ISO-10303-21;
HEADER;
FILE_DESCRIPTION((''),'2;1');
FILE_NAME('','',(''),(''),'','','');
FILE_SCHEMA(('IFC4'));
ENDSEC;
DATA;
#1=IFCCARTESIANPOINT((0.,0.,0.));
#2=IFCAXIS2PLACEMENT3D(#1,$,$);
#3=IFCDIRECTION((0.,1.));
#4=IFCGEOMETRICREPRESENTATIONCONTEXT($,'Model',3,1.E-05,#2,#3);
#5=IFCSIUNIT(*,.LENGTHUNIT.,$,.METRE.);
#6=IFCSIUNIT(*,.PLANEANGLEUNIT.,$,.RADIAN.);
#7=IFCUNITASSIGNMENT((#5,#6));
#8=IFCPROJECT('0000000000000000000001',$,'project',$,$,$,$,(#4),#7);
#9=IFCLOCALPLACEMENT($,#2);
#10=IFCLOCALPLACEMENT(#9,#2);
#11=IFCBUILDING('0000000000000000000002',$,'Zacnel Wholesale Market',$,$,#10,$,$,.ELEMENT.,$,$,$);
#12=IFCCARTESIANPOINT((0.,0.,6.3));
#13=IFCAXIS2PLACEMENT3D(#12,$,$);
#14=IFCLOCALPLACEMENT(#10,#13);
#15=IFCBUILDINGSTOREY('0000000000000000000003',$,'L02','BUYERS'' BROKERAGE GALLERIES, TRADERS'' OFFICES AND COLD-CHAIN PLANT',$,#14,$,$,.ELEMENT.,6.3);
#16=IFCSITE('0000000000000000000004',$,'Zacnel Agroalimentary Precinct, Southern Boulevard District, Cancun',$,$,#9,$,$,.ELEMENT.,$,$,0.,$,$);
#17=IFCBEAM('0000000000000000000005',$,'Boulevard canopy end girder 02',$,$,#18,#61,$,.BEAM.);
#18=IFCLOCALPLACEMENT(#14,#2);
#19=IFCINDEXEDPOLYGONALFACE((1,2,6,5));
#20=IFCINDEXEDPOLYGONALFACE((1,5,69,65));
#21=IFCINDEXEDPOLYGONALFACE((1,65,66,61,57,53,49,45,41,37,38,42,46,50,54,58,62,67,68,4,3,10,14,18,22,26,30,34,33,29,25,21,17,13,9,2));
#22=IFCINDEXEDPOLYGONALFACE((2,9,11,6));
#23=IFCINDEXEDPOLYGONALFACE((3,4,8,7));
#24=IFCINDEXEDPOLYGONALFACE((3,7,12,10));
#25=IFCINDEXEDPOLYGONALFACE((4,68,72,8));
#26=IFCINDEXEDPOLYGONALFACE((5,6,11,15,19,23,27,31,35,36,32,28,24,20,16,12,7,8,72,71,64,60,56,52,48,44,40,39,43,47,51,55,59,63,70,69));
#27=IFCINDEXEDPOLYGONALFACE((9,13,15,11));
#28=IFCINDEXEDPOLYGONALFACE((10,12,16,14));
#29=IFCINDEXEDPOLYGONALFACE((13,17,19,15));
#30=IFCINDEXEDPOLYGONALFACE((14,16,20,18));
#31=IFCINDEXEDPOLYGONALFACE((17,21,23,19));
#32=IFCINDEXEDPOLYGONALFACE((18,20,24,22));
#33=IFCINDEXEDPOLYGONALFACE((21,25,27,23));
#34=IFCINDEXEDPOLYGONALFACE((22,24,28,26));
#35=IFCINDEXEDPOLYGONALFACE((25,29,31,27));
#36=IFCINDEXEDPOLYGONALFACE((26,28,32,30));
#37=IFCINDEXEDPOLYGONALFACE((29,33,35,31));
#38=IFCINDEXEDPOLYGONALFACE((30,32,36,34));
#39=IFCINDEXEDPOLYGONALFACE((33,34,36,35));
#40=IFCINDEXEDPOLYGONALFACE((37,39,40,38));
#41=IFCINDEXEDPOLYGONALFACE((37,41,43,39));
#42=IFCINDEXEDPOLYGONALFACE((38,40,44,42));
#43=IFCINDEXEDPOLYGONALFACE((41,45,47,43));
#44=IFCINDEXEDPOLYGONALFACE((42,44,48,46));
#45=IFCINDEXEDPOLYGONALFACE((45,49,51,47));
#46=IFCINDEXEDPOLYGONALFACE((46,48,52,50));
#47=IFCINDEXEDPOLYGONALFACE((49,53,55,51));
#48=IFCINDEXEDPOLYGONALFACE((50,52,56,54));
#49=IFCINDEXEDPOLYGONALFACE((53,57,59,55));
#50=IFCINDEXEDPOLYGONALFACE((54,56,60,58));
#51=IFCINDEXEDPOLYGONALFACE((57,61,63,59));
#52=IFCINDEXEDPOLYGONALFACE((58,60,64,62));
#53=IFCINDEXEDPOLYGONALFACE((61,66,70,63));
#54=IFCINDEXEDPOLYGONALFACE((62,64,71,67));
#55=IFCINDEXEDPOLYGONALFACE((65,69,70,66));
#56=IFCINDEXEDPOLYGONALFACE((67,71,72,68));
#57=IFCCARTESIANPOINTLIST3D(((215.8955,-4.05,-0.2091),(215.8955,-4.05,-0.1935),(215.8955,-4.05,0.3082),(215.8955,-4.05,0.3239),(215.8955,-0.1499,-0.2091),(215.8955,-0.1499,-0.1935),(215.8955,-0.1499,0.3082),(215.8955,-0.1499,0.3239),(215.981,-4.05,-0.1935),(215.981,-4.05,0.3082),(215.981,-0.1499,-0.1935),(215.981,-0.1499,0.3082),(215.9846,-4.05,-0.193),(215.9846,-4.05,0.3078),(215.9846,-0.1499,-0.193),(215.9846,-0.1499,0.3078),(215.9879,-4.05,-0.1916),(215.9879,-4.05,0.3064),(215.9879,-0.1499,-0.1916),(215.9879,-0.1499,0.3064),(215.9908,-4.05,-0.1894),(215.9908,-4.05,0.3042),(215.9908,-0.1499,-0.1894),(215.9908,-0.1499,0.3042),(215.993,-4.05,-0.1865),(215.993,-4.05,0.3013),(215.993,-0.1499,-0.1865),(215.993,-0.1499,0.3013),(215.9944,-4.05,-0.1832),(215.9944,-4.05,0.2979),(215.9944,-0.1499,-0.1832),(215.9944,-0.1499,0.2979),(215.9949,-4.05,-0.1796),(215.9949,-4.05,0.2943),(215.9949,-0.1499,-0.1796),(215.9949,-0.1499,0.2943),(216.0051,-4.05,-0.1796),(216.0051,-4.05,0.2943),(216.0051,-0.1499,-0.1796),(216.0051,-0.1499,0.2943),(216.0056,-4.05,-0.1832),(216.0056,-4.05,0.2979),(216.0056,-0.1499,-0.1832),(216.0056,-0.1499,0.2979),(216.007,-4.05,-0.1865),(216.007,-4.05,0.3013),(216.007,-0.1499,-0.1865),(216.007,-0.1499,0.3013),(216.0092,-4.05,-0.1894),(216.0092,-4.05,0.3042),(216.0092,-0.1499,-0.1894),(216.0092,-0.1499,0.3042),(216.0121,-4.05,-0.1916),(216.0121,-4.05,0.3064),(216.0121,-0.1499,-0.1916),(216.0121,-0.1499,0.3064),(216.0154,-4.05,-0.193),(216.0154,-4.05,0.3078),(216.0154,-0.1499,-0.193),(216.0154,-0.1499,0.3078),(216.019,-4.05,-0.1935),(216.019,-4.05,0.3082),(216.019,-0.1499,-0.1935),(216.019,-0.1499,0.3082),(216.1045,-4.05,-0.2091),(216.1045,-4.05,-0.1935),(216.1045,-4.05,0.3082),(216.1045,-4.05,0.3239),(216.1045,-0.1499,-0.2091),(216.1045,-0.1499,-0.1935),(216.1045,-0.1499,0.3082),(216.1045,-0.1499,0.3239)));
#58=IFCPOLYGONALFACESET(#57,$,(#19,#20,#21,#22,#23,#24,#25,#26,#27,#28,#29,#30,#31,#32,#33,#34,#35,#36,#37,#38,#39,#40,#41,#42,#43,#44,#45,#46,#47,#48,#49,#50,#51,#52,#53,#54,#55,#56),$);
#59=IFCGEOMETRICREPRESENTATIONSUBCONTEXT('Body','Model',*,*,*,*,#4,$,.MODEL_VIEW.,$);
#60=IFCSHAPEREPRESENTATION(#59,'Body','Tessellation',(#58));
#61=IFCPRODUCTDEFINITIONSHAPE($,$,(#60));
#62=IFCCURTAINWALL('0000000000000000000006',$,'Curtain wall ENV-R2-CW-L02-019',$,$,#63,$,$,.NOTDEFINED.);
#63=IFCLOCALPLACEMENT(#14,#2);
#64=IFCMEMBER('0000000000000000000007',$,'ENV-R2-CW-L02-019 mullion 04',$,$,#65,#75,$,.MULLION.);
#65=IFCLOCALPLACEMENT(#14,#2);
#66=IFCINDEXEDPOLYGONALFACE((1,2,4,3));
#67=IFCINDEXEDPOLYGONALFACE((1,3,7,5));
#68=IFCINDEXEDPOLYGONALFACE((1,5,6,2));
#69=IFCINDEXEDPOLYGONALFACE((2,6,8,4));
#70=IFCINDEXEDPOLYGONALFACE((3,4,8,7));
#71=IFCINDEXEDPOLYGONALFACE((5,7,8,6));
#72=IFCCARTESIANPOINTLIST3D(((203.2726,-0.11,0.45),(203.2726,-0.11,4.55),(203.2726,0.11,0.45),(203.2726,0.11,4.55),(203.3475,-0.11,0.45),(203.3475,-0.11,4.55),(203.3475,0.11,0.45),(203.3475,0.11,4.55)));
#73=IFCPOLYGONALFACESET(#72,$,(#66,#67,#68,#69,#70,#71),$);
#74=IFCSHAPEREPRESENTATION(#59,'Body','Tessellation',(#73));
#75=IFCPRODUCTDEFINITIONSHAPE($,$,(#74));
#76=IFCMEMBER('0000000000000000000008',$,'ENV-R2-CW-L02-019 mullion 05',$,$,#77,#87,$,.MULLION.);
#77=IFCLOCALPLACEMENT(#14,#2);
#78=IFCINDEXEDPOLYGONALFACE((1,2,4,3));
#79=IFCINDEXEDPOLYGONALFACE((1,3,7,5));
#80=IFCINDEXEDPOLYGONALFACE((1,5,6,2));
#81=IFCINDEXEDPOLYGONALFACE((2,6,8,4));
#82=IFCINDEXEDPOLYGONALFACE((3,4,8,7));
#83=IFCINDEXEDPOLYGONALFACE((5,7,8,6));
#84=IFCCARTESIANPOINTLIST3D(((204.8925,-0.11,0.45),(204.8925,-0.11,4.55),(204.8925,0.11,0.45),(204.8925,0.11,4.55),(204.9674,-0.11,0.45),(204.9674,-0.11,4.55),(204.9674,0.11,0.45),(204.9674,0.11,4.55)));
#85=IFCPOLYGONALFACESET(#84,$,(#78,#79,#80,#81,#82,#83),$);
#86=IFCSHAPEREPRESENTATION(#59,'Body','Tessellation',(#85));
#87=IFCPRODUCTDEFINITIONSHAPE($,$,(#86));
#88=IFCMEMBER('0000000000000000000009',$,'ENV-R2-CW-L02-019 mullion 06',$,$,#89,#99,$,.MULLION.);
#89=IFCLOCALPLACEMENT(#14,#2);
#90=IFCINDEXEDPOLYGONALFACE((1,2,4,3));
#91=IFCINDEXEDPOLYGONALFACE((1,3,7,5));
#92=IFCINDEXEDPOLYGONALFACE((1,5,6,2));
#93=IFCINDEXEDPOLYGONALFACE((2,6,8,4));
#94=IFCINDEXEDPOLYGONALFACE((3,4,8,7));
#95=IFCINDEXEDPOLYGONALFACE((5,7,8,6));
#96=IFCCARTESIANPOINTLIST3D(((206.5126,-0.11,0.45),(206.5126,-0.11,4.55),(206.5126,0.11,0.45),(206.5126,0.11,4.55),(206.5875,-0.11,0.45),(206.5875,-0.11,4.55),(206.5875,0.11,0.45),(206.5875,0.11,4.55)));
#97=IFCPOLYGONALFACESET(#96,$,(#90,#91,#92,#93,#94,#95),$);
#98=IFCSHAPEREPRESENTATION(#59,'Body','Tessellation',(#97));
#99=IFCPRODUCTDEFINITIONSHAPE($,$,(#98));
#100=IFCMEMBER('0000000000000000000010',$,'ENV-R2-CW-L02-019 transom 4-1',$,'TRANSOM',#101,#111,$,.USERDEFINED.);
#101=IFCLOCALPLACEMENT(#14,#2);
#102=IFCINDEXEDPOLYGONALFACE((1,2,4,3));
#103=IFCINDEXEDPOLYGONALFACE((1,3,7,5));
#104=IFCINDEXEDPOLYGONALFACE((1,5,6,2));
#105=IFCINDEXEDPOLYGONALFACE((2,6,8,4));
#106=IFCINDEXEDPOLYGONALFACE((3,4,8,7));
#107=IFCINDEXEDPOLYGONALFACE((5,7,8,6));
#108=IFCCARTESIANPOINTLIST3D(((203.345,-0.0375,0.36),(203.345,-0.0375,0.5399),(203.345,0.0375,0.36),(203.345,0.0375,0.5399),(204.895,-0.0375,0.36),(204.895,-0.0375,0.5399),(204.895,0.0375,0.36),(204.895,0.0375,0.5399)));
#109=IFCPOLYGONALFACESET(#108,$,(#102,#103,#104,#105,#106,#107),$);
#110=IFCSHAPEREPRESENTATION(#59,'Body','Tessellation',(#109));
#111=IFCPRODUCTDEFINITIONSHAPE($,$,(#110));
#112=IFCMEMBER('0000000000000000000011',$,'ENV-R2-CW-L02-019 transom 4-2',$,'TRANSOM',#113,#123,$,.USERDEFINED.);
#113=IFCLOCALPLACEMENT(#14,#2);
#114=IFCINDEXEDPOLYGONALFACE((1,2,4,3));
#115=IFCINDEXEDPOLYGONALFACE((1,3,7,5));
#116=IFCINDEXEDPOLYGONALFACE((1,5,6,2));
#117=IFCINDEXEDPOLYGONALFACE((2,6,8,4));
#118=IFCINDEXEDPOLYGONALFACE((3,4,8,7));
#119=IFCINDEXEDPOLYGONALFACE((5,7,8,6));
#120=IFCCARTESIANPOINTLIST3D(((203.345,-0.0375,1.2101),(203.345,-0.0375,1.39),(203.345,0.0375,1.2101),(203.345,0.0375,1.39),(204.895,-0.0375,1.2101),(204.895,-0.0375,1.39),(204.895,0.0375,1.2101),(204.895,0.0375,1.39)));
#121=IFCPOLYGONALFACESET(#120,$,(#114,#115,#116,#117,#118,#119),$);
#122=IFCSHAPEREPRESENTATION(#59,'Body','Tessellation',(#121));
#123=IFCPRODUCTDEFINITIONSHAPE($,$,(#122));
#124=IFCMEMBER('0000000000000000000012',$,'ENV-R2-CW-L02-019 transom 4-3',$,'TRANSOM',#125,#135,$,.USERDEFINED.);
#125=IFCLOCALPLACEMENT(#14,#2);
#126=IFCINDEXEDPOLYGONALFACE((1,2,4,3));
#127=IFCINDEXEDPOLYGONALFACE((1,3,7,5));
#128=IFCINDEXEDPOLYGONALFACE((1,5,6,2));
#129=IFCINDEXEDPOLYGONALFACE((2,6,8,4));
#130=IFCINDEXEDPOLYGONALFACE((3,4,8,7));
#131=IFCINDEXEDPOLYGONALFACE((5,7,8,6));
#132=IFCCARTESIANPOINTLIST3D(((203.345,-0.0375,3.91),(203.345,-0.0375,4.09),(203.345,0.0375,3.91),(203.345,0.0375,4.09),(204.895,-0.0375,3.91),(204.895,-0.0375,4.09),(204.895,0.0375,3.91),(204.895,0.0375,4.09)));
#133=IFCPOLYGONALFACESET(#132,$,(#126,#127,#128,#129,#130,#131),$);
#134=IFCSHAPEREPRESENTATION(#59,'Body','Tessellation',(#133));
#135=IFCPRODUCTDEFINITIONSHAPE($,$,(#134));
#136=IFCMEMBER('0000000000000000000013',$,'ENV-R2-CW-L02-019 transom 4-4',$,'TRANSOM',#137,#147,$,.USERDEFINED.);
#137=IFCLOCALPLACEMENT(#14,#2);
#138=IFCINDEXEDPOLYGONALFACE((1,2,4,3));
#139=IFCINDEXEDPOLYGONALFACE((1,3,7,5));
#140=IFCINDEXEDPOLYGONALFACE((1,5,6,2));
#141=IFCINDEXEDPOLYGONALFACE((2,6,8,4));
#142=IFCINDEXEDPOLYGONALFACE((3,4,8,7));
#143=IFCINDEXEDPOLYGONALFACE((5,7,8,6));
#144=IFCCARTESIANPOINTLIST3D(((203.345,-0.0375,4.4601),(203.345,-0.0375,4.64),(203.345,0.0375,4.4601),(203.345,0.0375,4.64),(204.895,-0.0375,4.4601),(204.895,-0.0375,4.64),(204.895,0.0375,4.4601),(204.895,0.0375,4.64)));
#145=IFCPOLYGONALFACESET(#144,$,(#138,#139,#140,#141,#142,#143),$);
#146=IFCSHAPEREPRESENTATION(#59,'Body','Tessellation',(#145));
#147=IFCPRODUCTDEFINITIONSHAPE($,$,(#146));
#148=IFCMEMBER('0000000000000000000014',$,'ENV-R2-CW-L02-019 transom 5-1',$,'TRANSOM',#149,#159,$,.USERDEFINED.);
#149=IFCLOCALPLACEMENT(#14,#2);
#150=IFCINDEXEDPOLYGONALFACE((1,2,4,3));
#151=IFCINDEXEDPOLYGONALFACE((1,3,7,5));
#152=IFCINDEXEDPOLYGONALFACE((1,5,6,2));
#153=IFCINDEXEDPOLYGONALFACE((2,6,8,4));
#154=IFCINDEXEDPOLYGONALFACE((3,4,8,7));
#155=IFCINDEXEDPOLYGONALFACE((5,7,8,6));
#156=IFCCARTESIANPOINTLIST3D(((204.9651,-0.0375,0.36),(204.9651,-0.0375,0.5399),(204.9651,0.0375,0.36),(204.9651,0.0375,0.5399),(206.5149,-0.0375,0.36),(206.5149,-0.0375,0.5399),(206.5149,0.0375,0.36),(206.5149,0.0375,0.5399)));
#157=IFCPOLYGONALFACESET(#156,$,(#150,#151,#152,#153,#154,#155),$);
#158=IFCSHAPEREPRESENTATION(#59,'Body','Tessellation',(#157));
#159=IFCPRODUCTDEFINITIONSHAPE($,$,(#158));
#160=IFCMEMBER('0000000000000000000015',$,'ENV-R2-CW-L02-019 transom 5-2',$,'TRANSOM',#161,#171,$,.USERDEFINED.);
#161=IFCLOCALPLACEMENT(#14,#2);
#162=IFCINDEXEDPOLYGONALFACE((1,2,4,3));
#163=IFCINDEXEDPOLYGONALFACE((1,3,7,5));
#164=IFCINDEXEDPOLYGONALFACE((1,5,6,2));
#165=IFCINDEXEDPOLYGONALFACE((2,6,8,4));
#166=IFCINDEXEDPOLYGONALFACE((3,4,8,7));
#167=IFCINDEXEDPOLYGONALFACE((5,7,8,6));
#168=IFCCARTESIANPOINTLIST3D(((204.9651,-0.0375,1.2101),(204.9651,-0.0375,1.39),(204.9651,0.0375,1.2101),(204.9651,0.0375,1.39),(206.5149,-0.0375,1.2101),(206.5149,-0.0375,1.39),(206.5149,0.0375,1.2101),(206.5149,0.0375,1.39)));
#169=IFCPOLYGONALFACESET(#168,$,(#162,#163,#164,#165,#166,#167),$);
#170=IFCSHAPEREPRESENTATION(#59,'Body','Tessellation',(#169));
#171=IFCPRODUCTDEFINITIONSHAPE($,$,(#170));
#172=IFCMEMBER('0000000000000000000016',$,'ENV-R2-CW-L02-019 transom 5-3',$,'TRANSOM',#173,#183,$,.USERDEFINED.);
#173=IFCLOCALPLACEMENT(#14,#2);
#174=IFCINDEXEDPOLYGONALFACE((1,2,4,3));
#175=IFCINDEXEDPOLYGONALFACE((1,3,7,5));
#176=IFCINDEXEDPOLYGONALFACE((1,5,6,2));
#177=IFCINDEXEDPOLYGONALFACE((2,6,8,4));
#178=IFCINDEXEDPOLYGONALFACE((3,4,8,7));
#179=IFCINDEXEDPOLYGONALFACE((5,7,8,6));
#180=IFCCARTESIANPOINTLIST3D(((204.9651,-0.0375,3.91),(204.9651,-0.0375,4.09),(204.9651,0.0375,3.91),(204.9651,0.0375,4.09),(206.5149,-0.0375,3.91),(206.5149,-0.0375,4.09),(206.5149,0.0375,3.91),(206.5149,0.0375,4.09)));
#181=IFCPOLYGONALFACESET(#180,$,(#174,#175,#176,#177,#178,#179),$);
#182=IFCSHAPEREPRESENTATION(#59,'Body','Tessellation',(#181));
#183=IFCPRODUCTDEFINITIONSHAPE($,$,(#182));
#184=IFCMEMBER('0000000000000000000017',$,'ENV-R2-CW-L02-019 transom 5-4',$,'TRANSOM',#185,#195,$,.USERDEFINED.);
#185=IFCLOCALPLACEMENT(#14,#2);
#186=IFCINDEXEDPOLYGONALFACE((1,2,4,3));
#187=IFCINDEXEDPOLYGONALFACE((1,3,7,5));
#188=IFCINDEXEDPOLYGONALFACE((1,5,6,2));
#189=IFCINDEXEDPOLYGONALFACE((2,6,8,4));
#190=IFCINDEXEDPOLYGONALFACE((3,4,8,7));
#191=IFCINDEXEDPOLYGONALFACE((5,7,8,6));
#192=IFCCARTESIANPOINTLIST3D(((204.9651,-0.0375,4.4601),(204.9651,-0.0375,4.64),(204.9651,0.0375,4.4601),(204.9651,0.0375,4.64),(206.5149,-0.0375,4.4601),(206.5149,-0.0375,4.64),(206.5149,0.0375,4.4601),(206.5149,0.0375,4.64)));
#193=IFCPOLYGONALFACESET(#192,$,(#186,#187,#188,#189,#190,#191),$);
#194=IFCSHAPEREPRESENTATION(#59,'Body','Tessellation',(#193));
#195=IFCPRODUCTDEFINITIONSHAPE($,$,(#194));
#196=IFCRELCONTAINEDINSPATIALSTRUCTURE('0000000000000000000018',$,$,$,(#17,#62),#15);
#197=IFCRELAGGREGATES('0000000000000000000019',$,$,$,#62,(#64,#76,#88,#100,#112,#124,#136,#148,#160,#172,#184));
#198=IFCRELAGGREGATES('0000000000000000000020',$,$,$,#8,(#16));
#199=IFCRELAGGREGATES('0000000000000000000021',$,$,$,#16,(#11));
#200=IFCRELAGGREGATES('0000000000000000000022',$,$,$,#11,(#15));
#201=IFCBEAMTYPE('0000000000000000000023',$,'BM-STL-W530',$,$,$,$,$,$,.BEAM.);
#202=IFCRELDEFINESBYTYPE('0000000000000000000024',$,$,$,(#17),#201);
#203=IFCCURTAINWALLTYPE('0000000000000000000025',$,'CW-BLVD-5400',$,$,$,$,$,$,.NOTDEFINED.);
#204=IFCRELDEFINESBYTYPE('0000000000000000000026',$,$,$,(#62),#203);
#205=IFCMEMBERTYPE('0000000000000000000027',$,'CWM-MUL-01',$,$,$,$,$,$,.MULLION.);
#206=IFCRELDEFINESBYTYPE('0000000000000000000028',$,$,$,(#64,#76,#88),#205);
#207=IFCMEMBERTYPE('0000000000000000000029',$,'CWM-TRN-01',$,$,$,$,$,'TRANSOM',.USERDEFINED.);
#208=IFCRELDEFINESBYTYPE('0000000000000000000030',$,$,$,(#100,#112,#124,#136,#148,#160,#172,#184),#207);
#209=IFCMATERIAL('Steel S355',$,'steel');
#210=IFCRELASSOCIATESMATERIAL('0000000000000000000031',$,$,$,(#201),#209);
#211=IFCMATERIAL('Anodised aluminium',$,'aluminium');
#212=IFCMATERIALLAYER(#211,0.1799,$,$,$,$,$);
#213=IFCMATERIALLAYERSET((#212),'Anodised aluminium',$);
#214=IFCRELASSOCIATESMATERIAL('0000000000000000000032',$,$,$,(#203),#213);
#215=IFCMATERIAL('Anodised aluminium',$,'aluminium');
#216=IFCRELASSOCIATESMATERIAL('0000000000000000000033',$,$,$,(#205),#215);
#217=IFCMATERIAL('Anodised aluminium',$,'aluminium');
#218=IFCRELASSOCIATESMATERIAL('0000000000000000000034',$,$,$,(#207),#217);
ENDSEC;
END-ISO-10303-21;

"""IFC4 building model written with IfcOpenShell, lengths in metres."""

from ifc_helpers import new_model, si_unit, direction, frame, origin, origin_2d, place, context, subcontext, project, spatial, rectangle, i_section, extrude, material, layer, layer_set, material_profile, profile_set, type_object, element, aggregate, save


model = new_model("IFC4")

# Units and contexts
model_context = context("Model", 3, precision=1e-05, world=origin(), true_north=direction((0.0, 1.0)))
body_context = subcontext(model_context, "Body", "Model", "MODEL_VIEW")
ifc_project = project(units=[si_unit("LENGTHUNIT", "METRE"), si_unit("PLANEANGLEUNIT", "RADIAN")], contexts=[model_context])

# Site, building, storey
site_placement = place(None, origin())
site = spatial("IfcSite", under=ifc_project, at=site_placement, Name="Zacnel Agroalimentary Precinct, Southern Boulevard District, Cancun", CompositionType="ELEMENT", RefElevation=0.0)
building_placement = place(site_placement, origin())
building = spatial("IfcBuilding", under=site, at=building_placement, Name="Zacnel Wholesale Market", CompositionType="ELEMENT")
storey_placement = place(building_placement, frame((0.0, 0.0, 6.3)))
storey = spatial("IfcBuildingStorey", under=building, at=storey_placement, Name="L02", Description="BUYERS' BROKERAGE GALLERIES, TRADERS' OFFICES AND COLD-CHAIN PLANT", CompositionType="ELEMENT", Elevation=6.3)

# Beam
ifc_material_1 = material(Name="Steel S355", Category="steel")
ifc_material_profile_1 = material_profile(ifc_material_1, i_section(OverallWidth=0.209, OverallDepth=0.533, WebThickness=0.0103, FlangeThickness=0.0156, FilletRadius=0.0139, at=origin_2d()), Name="W530X92")
ifc_profile_set_1 = profile_set([ifc_material_profile_1], Name="Steel S355")
beam_type_1 = type_object("IfcBeamType", Name="BM-STL-W530", PredefinedType="BEAM", material=ifc_profile_set_1)
for number, where, z_axis, x_axis, name in (
    (1, (216.0, -0.1499, 0.0574), (0.0, -1.0, 0.0), (1.0, 0.0, 0.0), "Boulevard canopy end girder 02"),
):
    element("IfcBeam", number, at=place(storey_placement, frame(where, z_axis=z_axis, x_axis=x_axis)), inside=storey, type_object=beam_type_1, Name=name, PredefinedType="BEAM", context=body_context, shape_type="SweptSolid", body=[
        extrude(i_section(OverallWidth=0.209, OverallDepth=0.533, WebThickness=0.0103, FlangeThickness=0.0156, FilletRadius=0.0139, at=origin_2d()), origin(), (0.0, 0.0, 1.0), 3.9001),
    ])

# Curtain wall, members
ifc_material_2 = material(Name="Anodised aluminium", Category="aluminium")
ifc_layer_1 = layer(ifc_material_2, 0.1799)
ifc_layer_set_1 = layer_set([ifc_layer_1], Name="Anodised aluminium")
curtain_wall_type = type_object("IfcCurtainWallType", Name="CW-BLVD-5400", PredefinedType="NOTDEFINED", material=ifc_layer_set_1)
curtain_wall_placement = place(storey_placement, origin())
curtain_wall = element("IfcCurtainWall", 2, at=curtain_wall_placement, inside=storey, type_object=curtain_wall_type, Name="Curtain wall ENV-R2-CW-L02-019", PredefinedType="NOTDEFINED")
ifc_material_3 = material(Name="Anodised aluminium", Category="aluminium")
ifc_material_profile_2 = material_profile(ifc_material_3, rectangle(XDim=0.075, YDim=0.22, at=origin_2d()), Name="AW-MULLION 75x220")
ifc_profile_set_2 = profile_set([ifc_material_profile_2], Name="Anodised aluminium")
member_type_1 = type_object("IfcMemberType", Name="CWM-MUL-01", PredefinedType="MULLION", material=ifc_profile_set_2)
member_1_placement = place(storey_placement, frame((203.3101, 0.0, 0.45), z_axis=(0.0, 0.0, 1.0), x_axis=(1.0, 0.0, 0.0)))
member_1 = element("IfcMember", 3, at=member_1_placement, type_object=member_type_1, Name="ENV-R2-CW-L02-019 mullion 04", PredefinedType="MULLION", context=body_context, shape_type="SweptSolid", body=[
    extrude(rectangle(XDim=0.075, YDim=0.22, at=origin_2d()), origin(), (0.0, 0.0, 1.0), 4.1001),
])
member_2_placement = place(storey_placement, frame((204.9299, 0.0, 0.45), z_axis=(0.0, 0.0, 1.0), x_axis=(1.0, 0.0, 0.0)))
member_2 = element("IfcMember", 4, at=member_2_placement, type_object=member_type_1, Name="ENV-R2-CW-L02-019 mullion 05", PredefinedType="MULLION", context=body_context, shape_type="SweptSolid", body=[
    extrude(rectangle(XDim=0.075, YDim=0.22, at=origin_2d()), origin(), (0.0, 0.0, 1.0), 4.1001),
])
member_3_placement = place(storey_placement, frame((206.55, 0.0, 0.45), z_axis=(0.0, 0.0, 1.0), x_axis=(1.0, 0.0, 0.0)))
member_3 = element("IfcMember", 5, at=member_3_placement, type_object=member_type_1, Name="ENV-R2-CW-L02-019 mullion 06", PredefinedType="MULLION", context=body_context, shape_type="SweptSolid", body=[
    extrude(rectangle(XDim=0.075, YDim=0.22, at=origin_2d()), origin(), (0.0, 0.0, 1.0), 4.1001),
])
ifc_material_4 = material(Name="Anodised aluminium", Category="aluminium")
ifc_material_profile_3 = material_profile(ifc_material_4, rectangle(XDim=0.075, YDim=0.1799, at=origin_2d()), Name="AW-TRANSOM 75x180")
ifc_profile_set_3 = profile_set([ifc_material_profile_3], Name="Anodised aluminium")
member_type_2 = type_object("IfcMemberType", Name="CWM-TRN-01", ElementType="TRANSOM", PredefinedType="USERDEFINED", material=ifc_profile_set_3)
member_4_placement = place(storey_placement, frame((203.345, 0.0, 0.45), z_axis=(1.0, 0.0, 0.0), x_axis=(0.0, 1.0, 0.0)))
member_4 = element("IfcMember", 6, at=member_4_placement, type_object=member_type_2, Name="ENV-R2-CW-L02-019 transom 4-1", ObjectType="TRANSOM", PredefinedType="USERDEFINED", context=body_context, shape_type="SweptSolid", body=[
    extrude(rectangle(XDim=0.075, YDim=0.1799, at=origin_2d()), origin(), (0.0, 0.0, 1.0), 1.55),
])
member_5_placement = place(storey_placement, frame((203.345, 0.0, 1.3), z_axis=(1.0, 0.0, 0.0), x_axis=(0.0, 1.0, 0.0)))
member_5 = element("IfcMember", 7, at=member_5_placement, type_object=member_type_2, Name="ENV-R2-CW-L02-019 transom 4-2", ObjectType="TRANSOM", PredefinedType="USERDEFINED", context=body_context, shape_type="SweptSolid", body=[
    extrude(rectangle(XDim=0.075, YDim=0.1799, at=origin_2d()), origin(), (0.0, 0.0, 1.0), 1.55),
])
member_6_placement = place(storey_placement, frame((203.345, 0.0, 4.0), z_axis=(1.0, 0.0, 0.0), x_axis=(0.0, 1.0, 0.0)))
member_6 = element("IfcMember", 8, at=member_6_placement, type_object=member_type_2, Name="ENV-R2-CW-L02-019 transom 4-3", ObjectType="TRANSOM", PredefinedType="USERDEFINED", context=body_context, shape_type="SweptSolid", body=[
    extrude(rectangle(XDim=0.075, YDim=0.1799, at=origin_2d()), origin(), (0.0, 0.0, 1.0), 1.55),
])
member_7_placement = place(storey_placement, frame((203.345, 0.0, 4.55), z_axis=(1.0, 0.0, 0.0), x_axis=(0.0, 1.0, 0.0)))
member_7 = element("IfcMember", 9, at=member_7_placement, type_object=member_type_2, Name="ENV-R2-CW-L02-019 transom 4-4", ObjectType="TRANSOM", PredefinedType="USERDEFINED", context=body_context, shape_type="SweptSolid", body=[
    extrude(rectangle(XDim=0.075, YDim=0.1799, at=origin_2d()), origin(), (0.0, 0.0, 1.0), 1.55),
])
member_8_placement = place(storey_placement, frame((204.9651, 0.0, 0.45), z_axis=(1.0, 0.0, 0.0), x_axis=(0.0, 1.0, 0.0)))
member_8 = element("IfcMember", 10, at=member_8_placement, type_object=member_type_2, Name="ENV-R2-CW-L02-019 transom 5-1", ObjectType="TRANSOM", PredefinedType="USERDEFINED", context=body_context, shape_type="SweptSolid", body=[
    extrude(rectangle(XDim=0.075, YDim=0.1799, at=origin_2d()), origin(), (0.0, 0.0, 1.0), 1.5498),
])
member_9_placement = place(storey_placement, frame((204.9651, 0.0, 1.3), z_axis=(1.0, 0.0, 0.0), x_axis=(0.0, 1.0, 0.0)))
member_9 = element("IfcMember", 11, at=member_9_placement, type_object=member_type_2, Name="ENV-R2-CW-L02-019 transom 5-2", ObjectType="TRANSOM", PredefinedType="USERDEFINED", context=body_context, shape_type="SweptSolid", body=[
    extrude(rectangle(XDim=0.075, YDim=0.1799, at=origin_2d()), origin(), (0.0, 0.0, 1.0), 1.5498),
])
member_10_placement = place(storey_placement, frame((204.9651, 0.0, 4.0), z_axis=(1.0, 0.0, 0.0), x_axis=(0.0, 1.0, 0.0)))
member_10 = element("IfcMember", 12, at=member_10_placement, type_object=member_type_2, Name="ENV-R2-CW-L02-019 transom 5-3", ObjectType="TRANSOM", PredefinedType="USERDEFINED", context=body_context, shape_type="SweptSolid", body=[
    extrude(rectangle(XDim=0.075, YDim=0.1799, at=origin_2d()), origin(), (0.0, 0.0, 1.0), 1.5498),
])
member_11_placement = place(storey_placement, frame((204.9651, 0.0, 4.55), z_axis=(1.0, 0.0, 0.0), x_axis=(0.0, 1.0, 0.0)))
member_11 = element("IfcMember", 13, at=member_11_placement, type_object=member_type_2, Name="ENV-R2-CW-L02-019 transom 5-4", ObjectType="TRANSOM", PredefinedType="USERDEFINED", context=body_context, shape_type="SweptSolid", body=[
    extrude(rectangle(XDim=0.075, YDim=0.1799, at=origin_2d()), origin(), (0.0, 0.0, 1.0), 1.5498),
])
aggregate(curtain_wall, [member_1, member_2, member_3, member_4, member_5, member_6, member_7, member_8, member_9, member_10, member_11])

save(model, "model.ifc")
